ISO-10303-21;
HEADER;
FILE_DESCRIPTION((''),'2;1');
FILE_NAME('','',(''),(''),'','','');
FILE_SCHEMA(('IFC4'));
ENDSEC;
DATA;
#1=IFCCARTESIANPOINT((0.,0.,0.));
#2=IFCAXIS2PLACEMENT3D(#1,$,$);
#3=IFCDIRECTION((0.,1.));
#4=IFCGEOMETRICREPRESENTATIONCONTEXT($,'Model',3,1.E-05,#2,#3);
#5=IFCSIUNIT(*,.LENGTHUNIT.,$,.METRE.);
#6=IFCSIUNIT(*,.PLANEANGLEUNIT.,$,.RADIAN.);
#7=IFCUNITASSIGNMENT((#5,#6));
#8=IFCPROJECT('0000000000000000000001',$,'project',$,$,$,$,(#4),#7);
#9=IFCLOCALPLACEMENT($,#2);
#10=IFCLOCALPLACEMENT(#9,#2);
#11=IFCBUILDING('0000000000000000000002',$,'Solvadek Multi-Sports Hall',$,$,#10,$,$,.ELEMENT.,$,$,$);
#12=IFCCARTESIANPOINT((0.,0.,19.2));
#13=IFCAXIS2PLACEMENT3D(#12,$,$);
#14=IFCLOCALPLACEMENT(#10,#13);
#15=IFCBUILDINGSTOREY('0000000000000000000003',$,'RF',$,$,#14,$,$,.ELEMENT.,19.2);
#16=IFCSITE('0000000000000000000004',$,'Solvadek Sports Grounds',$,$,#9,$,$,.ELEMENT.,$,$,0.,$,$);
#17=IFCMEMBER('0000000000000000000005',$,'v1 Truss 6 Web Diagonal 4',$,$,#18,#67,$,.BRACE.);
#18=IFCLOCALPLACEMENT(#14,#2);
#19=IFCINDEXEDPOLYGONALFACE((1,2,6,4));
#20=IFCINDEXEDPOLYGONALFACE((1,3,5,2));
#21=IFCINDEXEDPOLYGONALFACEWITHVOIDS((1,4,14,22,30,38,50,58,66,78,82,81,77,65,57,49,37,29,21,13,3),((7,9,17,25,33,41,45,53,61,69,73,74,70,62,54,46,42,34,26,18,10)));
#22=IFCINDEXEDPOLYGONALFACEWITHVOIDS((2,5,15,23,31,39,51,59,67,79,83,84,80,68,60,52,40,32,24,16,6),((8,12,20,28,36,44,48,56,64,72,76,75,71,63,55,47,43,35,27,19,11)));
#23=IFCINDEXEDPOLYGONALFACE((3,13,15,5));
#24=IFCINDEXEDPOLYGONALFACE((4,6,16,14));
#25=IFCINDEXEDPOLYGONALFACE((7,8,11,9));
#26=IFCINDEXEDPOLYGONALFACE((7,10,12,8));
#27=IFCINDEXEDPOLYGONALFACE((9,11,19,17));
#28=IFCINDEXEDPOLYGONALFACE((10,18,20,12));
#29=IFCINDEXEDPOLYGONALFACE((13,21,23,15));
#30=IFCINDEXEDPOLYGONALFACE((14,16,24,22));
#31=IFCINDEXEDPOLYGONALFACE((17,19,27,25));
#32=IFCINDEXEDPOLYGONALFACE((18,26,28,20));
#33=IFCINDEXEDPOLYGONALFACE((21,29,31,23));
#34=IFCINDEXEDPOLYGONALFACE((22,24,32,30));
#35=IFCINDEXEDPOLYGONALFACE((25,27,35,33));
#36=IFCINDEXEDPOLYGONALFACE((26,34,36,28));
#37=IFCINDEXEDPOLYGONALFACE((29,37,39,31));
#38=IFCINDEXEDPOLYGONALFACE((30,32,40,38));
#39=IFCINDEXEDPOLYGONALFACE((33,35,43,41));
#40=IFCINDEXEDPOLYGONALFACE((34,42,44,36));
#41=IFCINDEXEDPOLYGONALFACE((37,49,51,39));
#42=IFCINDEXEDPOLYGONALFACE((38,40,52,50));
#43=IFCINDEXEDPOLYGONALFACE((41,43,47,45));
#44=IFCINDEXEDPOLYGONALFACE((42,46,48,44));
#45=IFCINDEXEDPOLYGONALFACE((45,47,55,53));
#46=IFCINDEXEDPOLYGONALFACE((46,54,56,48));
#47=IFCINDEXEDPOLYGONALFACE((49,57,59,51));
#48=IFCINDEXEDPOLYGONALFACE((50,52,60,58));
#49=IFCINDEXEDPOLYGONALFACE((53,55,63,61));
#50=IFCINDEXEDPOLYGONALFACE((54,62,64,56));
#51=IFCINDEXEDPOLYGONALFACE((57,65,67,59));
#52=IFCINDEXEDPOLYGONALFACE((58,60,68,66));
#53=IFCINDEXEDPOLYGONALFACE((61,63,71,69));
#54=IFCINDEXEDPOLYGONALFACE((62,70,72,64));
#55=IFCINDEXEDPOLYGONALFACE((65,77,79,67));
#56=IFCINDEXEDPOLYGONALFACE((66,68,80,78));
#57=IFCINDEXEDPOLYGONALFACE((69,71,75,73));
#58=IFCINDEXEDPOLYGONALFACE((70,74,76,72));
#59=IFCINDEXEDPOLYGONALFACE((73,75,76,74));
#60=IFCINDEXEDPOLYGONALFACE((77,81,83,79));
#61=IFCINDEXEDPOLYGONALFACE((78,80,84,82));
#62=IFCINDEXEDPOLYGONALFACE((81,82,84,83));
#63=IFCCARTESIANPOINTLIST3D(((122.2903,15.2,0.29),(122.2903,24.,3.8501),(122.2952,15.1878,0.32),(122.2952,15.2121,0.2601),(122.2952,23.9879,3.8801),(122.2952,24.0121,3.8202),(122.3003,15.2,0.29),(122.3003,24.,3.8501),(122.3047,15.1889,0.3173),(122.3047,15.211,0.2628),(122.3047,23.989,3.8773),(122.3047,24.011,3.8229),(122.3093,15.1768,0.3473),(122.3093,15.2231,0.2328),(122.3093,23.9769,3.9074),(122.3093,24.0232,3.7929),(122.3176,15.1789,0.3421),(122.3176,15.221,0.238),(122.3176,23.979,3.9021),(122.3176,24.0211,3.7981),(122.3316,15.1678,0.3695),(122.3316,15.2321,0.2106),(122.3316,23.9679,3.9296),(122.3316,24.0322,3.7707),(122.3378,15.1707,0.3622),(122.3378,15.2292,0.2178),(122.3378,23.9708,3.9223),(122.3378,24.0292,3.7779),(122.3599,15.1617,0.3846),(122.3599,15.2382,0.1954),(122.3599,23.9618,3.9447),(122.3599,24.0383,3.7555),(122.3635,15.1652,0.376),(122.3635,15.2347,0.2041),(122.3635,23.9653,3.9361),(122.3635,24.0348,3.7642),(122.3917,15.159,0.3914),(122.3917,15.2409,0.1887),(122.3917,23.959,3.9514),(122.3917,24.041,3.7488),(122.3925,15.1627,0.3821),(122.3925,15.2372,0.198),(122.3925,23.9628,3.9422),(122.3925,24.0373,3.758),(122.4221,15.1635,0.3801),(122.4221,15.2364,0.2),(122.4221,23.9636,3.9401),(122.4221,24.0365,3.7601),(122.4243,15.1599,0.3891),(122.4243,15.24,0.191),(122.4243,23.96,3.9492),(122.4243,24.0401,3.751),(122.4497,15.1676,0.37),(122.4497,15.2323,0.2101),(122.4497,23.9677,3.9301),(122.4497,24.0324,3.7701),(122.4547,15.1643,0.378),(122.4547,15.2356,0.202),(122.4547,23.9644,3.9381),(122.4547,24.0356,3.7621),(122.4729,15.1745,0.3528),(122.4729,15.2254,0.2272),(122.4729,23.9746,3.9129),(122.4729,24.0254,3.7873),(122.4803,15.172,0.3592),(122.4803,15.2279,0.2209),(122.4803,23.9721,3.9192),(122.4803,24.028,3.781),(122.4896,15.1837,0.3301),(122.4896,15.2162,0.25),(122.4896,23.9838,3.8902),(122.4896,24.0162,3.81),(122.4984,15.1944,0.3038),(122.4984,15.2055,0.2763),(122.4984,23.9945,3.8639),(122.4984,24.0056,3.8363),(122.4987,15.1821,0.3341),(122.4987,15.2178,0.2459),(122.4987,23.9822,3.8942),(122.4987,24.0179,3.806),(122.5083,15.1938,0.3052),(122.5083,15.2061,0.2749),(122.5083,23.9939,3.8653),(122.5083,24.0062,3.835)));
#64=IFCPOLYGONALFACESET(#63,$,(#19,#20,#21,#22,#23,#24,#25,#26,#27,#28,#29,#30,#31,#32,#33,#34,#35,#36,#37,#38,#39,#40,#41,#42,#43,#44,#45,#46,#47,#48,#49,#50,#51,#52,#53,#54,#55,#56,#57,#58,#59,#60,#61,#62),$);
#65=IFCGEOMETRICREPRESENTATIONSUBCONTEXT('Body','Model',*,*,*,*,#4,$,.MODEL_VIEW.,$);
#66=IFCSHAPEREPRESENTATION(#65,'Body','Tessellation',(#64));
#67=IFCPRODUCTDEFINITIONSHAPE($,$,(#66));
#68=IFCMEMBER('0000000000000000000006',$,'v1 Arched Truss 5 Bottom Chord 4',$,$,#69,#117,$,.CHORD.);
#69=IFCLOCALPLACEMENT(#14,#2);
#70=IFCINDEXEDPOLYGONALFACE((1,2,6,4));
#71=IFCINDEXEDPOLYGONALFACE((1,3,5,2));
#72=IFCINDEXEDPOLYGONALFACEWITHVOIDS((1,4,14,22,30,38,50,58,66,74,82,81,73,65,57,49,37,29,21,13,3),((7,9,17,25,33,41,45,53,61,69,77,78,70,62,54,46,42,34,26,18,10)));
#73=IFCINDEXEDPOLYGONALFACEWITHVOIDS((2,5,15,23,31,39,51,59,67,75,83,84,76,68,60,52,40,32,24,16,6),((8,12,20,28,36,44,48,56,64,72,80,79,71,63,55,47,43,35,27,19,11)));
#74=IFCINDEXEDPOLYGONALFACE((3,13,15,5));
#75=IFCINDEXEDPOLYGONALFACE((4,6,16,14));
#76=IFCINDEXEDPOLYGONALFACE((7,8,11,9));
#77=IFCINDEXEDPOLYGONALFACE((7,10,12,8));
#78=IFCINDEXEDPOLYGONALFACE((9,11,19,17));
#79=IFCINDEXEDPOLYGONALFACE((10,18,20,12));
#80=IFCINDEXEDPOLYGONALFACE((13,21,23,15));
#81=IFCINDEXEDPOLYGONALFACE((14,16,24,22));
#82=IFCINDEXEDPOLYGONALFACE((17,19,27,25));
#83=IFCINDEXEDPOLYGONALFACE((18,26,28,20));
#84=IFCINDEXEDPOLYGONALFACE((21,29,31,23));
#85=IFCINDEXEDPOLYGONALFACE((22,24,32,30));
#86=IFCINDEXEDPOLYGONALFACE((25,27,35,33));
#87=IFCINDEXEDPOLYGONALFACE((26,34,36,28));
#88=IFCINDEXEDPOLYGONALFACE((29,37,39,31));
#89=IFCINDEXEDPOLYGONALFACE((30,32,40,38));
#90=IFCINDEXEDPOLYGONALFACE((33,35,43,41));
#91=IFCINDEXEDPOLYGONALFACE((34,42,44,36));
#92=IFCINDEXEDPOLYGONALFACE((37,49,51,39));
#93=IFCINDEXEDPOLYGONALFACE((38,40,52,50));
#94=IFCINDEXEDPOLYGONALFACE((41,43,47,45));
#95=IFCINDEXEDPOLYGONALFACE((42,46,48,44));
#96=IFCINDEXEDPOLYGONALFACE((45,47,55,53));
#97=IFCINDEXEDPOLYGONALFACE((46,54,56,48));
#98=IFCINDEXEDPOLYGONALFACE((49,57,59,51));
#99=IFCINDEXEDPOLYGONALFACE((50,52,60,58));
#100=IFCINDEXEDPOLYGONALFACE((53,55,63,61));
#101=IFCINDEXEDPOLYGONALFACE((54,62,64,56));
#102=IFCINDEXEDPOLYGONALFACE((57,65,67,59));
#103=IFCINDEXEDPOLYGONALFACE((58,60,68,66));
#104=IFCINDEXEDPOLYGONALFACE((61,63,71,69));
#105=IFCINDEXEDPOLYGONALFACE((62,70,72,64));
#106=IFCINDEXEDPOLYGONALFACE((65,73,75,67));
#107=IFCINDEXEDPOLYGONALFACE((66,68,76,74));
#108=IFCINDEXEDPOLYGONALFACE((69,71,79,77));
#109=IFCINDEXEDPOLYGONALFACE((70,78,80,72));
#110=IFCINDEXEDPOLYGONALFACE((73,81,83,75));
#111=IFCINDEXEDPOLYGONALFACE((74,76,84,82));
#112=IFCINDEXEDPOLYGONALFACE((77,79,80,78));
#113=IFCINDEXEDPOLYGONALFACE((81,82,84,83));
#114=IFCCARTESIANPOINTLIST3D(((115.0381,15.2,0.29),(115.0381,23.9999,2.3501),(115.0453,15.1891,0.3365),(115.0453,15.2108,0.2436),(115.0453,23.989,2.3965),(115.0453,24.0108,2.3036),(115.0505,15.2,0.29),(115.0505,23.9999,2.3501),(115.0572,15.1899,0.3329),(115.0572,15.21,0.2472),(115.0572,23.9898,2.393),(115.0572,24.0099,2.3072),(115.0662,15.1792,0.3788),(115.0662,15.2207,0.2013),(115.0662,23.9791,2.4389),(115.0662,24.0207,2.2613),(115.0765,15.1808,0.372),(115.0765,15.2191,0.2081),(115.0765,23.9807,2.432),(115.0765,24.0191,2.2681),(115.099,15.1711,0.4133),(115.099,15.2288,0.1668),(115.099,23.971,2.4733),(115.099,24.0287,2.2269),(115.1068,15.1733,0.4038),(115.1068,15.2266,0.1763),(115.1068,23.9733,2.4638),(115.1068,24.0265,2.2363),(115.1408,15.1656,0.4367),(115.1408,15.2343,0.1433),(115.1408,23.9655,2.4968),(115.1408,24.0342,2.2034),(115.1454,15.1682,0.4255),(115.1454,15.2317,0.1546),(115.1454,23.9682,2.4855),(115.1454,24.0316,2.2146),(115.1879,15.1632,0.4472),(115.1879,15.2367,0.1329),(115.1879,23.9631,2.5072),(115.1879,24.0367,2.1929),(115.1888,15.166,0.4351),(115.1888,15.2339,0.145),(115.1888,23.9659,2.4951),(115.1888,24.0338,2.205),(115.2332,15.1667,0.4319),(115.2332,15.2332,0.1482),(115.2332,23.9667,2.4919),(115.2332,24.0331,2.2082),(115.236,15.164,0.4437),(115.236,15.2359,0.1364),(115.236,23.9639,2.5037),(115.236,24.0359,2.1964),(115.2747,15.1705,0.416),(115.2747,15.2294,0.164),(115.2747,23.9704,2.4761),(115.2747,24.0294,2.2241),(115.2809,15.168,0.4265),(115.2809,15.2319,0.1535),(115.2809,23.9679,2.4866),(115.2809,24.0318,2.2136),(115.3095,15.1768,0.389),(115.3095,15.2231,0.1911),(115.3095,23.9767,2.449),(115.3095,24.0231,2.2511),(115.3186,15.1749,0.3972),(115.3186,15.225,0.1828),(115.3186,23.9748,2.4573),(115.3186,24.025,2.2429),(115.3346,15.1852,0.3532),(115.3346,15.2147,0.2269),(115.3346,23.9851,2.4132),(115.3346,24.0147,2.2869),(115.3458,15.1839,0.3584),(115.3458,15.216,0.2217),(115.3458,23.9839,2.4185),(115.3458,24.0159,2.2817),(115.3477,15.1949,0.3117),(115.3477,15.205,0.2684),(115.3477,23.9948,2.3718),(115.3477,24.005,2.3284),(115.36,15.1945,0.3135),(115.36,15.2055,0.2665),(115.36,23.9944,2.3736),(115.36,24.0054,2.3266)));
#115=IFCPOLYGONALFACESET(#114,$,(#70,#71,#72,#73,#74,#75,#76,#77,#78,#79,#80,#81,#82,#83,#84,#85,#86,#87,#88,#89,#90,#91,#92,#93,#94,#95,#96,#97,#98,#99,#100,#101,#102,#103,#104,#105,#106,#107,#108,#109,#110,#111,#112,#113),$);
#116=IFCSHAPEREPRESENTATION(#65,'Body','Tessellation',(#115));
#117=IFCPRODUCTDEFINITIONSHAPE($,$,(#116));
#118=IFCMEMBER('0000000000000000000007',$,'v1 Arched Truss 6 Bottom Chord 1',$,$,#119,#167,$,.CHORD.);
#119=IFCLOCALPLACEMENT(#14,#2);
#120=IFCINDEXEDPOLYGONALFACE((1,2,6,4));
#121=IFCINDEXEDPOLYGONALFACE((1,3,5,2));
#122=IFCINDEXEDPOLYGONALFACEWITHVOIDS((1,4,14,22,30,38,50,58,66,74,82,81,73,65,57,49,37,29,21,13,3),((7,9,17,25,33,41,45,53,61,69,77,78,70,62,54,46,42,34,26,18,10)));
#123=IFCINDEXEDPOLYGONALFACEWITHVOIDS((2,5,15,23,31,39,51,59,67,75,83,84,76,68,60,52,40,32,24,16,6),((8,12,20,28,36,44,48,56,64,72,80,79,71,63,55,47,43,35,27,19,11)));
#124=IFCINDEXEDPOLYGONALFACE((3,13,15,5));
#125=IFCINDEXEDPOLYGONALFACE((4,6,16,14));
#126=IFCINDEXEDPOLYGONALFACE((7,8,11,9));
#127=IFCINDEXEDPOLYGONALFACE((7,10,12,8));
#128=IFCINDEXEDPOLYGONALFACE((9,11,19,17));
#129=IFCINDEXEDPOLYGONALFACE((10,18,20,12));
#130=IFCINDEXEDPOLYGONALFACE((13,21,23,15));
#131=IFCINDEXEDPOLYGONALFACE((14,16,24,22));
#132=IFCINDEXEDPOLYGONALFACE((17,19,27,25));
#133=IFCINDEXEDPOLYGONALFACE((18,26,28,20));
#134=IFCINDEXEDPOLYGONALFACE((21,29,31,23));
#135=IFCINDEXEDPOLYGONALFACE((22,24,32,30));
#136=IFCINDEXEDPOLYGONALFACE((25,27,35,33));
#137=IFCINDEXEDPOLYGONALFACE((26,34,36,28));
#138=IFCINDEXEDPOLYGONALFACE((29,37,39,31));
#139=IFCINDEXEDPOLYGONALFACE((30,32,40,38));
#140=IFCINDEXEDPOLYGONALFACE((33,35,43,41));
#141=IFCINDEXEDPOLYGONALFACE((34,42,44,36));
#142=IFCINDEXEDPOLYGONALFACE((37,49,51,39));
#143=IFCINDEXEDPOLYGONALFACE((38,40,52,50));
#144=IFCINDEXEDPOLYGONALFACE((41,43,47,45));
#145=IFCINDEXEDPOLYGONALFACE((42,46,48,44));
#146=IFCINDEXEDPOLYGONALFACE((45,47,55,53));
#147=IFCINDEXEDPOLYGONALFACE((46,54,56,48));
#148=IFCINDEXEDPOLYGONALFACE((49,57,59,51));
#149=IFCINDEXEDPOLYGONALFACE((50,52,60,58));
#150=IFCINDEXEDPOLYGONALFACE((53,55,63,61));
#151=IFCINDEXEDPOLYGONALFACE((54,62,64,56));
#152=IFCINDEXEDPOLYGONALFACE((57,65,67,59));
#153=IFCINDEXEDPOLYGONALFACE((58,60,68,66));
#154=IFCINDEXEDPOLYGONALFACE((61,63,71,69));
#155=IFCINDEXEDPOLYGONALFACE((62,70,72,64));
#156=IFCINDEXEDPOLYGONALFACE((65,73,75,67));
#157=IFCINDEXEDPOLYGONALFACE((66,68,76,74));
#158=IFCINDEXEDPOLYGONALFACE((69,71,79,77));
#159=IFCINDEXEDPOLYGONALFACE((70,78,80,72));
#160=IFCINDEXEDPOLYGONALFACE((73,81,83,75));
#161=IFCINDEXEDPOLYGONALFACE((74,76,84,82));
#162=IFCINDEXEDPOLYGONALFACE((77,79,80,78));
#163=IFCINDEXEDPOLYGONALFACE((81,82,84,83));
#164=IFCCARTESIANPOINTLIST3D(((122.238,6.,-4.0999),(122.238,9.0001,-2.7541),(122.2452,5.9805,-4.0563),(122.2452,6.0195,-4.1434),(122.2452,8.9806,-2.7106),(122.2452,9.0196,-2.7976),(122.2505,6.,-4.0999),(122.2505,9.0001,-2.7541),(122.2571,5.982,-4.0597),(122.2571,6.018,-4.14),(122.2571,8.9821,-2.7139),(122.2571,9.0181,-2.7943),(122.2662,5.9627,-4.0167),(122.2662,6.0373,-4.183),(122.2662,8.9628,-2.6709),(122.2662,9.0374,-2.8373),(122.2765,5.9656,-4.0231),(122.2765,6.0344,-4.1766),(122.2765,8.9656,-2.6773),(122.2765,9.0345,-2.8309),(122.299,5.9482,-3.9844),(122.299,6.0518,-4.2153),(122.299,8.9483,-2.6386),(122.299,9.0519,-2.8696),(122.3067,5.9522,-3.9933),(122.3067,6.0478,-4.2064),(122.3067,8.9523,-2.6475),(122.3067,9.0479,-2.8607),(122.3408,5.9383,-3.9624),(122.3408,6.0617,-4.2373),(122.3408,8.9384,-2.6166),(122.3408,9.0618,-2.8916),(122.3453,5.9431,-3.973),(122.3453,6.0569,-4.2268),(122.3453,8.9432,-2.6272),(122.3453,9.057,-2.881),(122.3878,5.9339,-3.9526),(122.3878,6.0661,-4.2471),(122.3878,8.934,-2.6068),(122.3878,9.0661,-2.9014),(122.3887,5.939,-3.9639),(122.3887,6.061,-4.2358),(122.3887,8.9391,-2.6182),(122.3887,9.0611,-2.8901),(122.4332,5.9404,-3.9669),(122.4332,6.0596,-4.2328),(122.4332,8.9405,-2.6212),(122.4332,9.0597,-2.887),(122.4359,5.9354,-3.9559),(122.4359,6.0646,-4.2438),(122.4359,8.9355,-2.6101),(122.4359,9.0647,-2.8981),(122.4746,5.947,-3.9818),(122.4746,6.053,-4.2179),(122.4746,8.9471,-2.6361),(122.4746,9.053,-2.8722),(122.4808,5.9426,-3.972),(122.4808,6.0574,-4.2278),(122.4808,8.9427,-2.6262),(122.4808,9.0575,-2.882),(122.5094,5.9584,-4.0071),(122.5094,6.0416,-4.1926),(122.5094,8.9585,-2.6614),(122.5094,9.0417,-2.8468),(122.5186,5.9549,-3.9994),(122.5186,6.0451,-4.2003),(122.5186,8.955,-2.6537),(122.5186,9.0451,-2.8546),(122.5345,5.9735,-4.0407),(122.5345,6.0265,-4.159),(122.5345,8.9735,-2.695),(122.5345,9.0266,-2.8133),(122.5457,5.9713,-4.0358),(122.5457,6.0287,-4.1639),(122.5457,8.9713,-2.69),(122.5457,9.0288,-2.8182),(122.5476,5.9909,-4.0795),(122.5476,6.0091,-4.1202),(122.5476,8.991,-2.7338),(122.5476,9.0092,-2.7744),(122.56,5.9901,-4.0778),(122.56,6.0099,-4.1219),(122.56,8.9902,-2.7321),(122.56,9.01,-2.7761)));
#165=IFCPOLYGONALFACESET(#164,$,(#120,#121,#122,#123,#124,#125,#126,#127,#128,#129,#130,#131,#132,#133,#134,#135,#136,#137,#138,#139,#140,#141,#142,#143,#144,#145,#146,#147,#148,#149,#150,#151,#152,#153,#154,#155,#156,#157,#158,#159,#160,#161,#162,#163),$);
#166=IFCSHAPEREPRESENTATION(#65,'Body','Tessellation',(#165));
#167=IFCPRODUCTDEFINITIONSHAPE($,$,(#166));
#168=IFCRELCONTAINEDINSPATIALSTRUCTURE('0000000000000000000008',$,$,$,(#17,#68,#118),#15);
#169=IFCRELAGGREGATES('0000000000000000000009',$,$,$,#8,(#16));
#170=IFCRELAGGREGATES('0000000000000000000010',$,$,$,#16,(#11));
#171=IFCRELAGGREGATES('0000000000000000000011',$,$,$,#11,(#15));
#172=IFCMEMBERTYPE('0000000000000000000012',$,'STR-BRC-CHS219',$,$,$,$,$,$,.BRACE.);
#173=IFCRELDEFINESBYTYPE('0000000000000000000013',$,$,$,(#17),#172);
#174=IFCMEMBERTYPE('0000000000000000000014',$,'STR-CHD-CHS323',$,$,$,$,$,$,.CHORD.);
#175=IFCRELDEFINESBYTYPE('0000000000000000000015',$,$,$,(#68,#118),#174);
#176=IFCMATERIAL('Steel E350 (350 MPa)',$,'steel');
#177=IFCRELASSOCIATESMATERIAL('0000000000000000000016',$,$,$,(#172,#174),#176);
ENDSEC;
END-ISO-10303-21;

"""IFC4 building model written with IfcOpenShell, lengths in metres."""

from ifc_helpers import new_model, si_unit, direction, frame, origin, origin_2d, place, context, subcontext, project, spatial, hollow_circle, extrude, material, material_profile, profile_set, type_object, element, save


model = new_model("IFC4")

# Units and contexts
model_context = context("Model", 3, precision=1e-05, world=origin(), true_north=direction((0.0, 1.0)))
body_context = subcontext(model_context, "Body", "Model", "MODEL_VIEW")
ifc_project = project(units=[si_unit("LENGTHUNIT", "METRE"), si_unit("PLANEANGLEUNIT", "RADIAN")], contexts=[model_context])

# Site, building, storey
site_placement = place(None, origin())
site = spatial("IfcSite", under=ifc_project, at=site_placement, Name="Solvadek Sports Grounds", CompositionType="ELEMENT", RefElevation=0.0)
building_placement = place(site_placement, origin())
building = spatial("IfcBuilding", under=site, at=building_placement, Name="Solvadek Multi-Sports Hall", CompositionType="ELEMENT")
storey_placement = place(building_placement, frame((0.0, 0.0, 19.2)))
storey = spatial("IfcBuildingStorey", under=building, at=storey_placement, Name="RF", CompositionType="ELEMENT", Elevation=19.2)

# Shared definitions
ifc_material_1 = material(Name="Steel E350 (350 MPa)", Category="steel")

# Members
ifc_material_profile_1 = material_profile(ifc_material_1, hollow_circle(Radius=0.1096, WallThickness=0.01, at=origin_2d()), Name="CHS 219.1x10")
ifc_profile_set_1 = profile_set([ifc_material_profile_1], Name="Steel E350 (350 MPa)")
member_type_1 = type_object("IfcMemberType", Name="STR-BRC-CHS219", PredefinedType="BRACE", material=ifc_profile_set_1)
member_1_placement = place(storey_placement, frame((122.3999, 15.2, 0.29), z_axis=(0.0, 0.927015, 0.375024), x_axis=(-1.0, 0.0, 0.0)))
element("IfcMember", 1, at=member_1_placement, inside=storey, type_object=member_type_1, Name="v1 Truss 6 Web Diagonal 4", PredefinedType="BRACE", context=body_context, shape_type="SweptSolid", body=[
    extrude(hollow_circle(Radius=0.1096, WallThickness=0.01, at=origin_2d()), origin(), (0.0, 0.0, 1.0), 9.4929),
])
ifc_material_profile_2 = material_profile(ifc_material_1, hollow_circle(Radius=0.1619, WallThickness=0.0125, at=origin_2d()), Name="CHS 323.9x12.5")
ifc_profile_set_2 = profile_set([ifc_material_profile_2], Name="Steel E350 (350 MPa)")
member_type_2 = type_object("IfcMemberType", Name="STR-CHD-CHS323", PredefinedType="CHORD", material=ifc_profile_set_2)
member_2_placement = place(storey_placement, frame((115.2, 15.2, 0.29), z_axis=(0.0, 0.973677, 0.227934), x_axis=(-1.0, 0.0, 0.0)))
element("IfcMember", 2, at=member_2_placement, inside=storey, type_object=member_type_2, Name="v1 Arched Truss 5 Bottom Chord 4", PredefinedType="CHORD", context=body_context, shape_type="SweptSolid", body=[
    extrude(hollow_circle(Radius=0.1619, WallThickness=0.0125, at=origin_2d()), origin(), (0.0, 0.0, 1.0), 9.0378),
])
member_3_placement = place(storey_placement, frame((122.3999, 6.0, -4.0999), z_axis=(0.0, 0.91241, 0.409278), x_axis=(-1.0, 0.0, 0.0)))
element("IfcMember", 3, at=member_3_placement, inside=storey, type_object=member_type_2, Name="v1 Arched Truss 6 Bottom Chord 1", PredefinedType="CHORD", context=body_context, shape_type="SweptSolid", body=[
    extrude(hollow_circle(Radius=0.1619, WallThickness=0.0125, at=origin_2d()), origin(), (0.0, 0.0, 1.0), 3.2881),
])

save(model, "model.ifc")
